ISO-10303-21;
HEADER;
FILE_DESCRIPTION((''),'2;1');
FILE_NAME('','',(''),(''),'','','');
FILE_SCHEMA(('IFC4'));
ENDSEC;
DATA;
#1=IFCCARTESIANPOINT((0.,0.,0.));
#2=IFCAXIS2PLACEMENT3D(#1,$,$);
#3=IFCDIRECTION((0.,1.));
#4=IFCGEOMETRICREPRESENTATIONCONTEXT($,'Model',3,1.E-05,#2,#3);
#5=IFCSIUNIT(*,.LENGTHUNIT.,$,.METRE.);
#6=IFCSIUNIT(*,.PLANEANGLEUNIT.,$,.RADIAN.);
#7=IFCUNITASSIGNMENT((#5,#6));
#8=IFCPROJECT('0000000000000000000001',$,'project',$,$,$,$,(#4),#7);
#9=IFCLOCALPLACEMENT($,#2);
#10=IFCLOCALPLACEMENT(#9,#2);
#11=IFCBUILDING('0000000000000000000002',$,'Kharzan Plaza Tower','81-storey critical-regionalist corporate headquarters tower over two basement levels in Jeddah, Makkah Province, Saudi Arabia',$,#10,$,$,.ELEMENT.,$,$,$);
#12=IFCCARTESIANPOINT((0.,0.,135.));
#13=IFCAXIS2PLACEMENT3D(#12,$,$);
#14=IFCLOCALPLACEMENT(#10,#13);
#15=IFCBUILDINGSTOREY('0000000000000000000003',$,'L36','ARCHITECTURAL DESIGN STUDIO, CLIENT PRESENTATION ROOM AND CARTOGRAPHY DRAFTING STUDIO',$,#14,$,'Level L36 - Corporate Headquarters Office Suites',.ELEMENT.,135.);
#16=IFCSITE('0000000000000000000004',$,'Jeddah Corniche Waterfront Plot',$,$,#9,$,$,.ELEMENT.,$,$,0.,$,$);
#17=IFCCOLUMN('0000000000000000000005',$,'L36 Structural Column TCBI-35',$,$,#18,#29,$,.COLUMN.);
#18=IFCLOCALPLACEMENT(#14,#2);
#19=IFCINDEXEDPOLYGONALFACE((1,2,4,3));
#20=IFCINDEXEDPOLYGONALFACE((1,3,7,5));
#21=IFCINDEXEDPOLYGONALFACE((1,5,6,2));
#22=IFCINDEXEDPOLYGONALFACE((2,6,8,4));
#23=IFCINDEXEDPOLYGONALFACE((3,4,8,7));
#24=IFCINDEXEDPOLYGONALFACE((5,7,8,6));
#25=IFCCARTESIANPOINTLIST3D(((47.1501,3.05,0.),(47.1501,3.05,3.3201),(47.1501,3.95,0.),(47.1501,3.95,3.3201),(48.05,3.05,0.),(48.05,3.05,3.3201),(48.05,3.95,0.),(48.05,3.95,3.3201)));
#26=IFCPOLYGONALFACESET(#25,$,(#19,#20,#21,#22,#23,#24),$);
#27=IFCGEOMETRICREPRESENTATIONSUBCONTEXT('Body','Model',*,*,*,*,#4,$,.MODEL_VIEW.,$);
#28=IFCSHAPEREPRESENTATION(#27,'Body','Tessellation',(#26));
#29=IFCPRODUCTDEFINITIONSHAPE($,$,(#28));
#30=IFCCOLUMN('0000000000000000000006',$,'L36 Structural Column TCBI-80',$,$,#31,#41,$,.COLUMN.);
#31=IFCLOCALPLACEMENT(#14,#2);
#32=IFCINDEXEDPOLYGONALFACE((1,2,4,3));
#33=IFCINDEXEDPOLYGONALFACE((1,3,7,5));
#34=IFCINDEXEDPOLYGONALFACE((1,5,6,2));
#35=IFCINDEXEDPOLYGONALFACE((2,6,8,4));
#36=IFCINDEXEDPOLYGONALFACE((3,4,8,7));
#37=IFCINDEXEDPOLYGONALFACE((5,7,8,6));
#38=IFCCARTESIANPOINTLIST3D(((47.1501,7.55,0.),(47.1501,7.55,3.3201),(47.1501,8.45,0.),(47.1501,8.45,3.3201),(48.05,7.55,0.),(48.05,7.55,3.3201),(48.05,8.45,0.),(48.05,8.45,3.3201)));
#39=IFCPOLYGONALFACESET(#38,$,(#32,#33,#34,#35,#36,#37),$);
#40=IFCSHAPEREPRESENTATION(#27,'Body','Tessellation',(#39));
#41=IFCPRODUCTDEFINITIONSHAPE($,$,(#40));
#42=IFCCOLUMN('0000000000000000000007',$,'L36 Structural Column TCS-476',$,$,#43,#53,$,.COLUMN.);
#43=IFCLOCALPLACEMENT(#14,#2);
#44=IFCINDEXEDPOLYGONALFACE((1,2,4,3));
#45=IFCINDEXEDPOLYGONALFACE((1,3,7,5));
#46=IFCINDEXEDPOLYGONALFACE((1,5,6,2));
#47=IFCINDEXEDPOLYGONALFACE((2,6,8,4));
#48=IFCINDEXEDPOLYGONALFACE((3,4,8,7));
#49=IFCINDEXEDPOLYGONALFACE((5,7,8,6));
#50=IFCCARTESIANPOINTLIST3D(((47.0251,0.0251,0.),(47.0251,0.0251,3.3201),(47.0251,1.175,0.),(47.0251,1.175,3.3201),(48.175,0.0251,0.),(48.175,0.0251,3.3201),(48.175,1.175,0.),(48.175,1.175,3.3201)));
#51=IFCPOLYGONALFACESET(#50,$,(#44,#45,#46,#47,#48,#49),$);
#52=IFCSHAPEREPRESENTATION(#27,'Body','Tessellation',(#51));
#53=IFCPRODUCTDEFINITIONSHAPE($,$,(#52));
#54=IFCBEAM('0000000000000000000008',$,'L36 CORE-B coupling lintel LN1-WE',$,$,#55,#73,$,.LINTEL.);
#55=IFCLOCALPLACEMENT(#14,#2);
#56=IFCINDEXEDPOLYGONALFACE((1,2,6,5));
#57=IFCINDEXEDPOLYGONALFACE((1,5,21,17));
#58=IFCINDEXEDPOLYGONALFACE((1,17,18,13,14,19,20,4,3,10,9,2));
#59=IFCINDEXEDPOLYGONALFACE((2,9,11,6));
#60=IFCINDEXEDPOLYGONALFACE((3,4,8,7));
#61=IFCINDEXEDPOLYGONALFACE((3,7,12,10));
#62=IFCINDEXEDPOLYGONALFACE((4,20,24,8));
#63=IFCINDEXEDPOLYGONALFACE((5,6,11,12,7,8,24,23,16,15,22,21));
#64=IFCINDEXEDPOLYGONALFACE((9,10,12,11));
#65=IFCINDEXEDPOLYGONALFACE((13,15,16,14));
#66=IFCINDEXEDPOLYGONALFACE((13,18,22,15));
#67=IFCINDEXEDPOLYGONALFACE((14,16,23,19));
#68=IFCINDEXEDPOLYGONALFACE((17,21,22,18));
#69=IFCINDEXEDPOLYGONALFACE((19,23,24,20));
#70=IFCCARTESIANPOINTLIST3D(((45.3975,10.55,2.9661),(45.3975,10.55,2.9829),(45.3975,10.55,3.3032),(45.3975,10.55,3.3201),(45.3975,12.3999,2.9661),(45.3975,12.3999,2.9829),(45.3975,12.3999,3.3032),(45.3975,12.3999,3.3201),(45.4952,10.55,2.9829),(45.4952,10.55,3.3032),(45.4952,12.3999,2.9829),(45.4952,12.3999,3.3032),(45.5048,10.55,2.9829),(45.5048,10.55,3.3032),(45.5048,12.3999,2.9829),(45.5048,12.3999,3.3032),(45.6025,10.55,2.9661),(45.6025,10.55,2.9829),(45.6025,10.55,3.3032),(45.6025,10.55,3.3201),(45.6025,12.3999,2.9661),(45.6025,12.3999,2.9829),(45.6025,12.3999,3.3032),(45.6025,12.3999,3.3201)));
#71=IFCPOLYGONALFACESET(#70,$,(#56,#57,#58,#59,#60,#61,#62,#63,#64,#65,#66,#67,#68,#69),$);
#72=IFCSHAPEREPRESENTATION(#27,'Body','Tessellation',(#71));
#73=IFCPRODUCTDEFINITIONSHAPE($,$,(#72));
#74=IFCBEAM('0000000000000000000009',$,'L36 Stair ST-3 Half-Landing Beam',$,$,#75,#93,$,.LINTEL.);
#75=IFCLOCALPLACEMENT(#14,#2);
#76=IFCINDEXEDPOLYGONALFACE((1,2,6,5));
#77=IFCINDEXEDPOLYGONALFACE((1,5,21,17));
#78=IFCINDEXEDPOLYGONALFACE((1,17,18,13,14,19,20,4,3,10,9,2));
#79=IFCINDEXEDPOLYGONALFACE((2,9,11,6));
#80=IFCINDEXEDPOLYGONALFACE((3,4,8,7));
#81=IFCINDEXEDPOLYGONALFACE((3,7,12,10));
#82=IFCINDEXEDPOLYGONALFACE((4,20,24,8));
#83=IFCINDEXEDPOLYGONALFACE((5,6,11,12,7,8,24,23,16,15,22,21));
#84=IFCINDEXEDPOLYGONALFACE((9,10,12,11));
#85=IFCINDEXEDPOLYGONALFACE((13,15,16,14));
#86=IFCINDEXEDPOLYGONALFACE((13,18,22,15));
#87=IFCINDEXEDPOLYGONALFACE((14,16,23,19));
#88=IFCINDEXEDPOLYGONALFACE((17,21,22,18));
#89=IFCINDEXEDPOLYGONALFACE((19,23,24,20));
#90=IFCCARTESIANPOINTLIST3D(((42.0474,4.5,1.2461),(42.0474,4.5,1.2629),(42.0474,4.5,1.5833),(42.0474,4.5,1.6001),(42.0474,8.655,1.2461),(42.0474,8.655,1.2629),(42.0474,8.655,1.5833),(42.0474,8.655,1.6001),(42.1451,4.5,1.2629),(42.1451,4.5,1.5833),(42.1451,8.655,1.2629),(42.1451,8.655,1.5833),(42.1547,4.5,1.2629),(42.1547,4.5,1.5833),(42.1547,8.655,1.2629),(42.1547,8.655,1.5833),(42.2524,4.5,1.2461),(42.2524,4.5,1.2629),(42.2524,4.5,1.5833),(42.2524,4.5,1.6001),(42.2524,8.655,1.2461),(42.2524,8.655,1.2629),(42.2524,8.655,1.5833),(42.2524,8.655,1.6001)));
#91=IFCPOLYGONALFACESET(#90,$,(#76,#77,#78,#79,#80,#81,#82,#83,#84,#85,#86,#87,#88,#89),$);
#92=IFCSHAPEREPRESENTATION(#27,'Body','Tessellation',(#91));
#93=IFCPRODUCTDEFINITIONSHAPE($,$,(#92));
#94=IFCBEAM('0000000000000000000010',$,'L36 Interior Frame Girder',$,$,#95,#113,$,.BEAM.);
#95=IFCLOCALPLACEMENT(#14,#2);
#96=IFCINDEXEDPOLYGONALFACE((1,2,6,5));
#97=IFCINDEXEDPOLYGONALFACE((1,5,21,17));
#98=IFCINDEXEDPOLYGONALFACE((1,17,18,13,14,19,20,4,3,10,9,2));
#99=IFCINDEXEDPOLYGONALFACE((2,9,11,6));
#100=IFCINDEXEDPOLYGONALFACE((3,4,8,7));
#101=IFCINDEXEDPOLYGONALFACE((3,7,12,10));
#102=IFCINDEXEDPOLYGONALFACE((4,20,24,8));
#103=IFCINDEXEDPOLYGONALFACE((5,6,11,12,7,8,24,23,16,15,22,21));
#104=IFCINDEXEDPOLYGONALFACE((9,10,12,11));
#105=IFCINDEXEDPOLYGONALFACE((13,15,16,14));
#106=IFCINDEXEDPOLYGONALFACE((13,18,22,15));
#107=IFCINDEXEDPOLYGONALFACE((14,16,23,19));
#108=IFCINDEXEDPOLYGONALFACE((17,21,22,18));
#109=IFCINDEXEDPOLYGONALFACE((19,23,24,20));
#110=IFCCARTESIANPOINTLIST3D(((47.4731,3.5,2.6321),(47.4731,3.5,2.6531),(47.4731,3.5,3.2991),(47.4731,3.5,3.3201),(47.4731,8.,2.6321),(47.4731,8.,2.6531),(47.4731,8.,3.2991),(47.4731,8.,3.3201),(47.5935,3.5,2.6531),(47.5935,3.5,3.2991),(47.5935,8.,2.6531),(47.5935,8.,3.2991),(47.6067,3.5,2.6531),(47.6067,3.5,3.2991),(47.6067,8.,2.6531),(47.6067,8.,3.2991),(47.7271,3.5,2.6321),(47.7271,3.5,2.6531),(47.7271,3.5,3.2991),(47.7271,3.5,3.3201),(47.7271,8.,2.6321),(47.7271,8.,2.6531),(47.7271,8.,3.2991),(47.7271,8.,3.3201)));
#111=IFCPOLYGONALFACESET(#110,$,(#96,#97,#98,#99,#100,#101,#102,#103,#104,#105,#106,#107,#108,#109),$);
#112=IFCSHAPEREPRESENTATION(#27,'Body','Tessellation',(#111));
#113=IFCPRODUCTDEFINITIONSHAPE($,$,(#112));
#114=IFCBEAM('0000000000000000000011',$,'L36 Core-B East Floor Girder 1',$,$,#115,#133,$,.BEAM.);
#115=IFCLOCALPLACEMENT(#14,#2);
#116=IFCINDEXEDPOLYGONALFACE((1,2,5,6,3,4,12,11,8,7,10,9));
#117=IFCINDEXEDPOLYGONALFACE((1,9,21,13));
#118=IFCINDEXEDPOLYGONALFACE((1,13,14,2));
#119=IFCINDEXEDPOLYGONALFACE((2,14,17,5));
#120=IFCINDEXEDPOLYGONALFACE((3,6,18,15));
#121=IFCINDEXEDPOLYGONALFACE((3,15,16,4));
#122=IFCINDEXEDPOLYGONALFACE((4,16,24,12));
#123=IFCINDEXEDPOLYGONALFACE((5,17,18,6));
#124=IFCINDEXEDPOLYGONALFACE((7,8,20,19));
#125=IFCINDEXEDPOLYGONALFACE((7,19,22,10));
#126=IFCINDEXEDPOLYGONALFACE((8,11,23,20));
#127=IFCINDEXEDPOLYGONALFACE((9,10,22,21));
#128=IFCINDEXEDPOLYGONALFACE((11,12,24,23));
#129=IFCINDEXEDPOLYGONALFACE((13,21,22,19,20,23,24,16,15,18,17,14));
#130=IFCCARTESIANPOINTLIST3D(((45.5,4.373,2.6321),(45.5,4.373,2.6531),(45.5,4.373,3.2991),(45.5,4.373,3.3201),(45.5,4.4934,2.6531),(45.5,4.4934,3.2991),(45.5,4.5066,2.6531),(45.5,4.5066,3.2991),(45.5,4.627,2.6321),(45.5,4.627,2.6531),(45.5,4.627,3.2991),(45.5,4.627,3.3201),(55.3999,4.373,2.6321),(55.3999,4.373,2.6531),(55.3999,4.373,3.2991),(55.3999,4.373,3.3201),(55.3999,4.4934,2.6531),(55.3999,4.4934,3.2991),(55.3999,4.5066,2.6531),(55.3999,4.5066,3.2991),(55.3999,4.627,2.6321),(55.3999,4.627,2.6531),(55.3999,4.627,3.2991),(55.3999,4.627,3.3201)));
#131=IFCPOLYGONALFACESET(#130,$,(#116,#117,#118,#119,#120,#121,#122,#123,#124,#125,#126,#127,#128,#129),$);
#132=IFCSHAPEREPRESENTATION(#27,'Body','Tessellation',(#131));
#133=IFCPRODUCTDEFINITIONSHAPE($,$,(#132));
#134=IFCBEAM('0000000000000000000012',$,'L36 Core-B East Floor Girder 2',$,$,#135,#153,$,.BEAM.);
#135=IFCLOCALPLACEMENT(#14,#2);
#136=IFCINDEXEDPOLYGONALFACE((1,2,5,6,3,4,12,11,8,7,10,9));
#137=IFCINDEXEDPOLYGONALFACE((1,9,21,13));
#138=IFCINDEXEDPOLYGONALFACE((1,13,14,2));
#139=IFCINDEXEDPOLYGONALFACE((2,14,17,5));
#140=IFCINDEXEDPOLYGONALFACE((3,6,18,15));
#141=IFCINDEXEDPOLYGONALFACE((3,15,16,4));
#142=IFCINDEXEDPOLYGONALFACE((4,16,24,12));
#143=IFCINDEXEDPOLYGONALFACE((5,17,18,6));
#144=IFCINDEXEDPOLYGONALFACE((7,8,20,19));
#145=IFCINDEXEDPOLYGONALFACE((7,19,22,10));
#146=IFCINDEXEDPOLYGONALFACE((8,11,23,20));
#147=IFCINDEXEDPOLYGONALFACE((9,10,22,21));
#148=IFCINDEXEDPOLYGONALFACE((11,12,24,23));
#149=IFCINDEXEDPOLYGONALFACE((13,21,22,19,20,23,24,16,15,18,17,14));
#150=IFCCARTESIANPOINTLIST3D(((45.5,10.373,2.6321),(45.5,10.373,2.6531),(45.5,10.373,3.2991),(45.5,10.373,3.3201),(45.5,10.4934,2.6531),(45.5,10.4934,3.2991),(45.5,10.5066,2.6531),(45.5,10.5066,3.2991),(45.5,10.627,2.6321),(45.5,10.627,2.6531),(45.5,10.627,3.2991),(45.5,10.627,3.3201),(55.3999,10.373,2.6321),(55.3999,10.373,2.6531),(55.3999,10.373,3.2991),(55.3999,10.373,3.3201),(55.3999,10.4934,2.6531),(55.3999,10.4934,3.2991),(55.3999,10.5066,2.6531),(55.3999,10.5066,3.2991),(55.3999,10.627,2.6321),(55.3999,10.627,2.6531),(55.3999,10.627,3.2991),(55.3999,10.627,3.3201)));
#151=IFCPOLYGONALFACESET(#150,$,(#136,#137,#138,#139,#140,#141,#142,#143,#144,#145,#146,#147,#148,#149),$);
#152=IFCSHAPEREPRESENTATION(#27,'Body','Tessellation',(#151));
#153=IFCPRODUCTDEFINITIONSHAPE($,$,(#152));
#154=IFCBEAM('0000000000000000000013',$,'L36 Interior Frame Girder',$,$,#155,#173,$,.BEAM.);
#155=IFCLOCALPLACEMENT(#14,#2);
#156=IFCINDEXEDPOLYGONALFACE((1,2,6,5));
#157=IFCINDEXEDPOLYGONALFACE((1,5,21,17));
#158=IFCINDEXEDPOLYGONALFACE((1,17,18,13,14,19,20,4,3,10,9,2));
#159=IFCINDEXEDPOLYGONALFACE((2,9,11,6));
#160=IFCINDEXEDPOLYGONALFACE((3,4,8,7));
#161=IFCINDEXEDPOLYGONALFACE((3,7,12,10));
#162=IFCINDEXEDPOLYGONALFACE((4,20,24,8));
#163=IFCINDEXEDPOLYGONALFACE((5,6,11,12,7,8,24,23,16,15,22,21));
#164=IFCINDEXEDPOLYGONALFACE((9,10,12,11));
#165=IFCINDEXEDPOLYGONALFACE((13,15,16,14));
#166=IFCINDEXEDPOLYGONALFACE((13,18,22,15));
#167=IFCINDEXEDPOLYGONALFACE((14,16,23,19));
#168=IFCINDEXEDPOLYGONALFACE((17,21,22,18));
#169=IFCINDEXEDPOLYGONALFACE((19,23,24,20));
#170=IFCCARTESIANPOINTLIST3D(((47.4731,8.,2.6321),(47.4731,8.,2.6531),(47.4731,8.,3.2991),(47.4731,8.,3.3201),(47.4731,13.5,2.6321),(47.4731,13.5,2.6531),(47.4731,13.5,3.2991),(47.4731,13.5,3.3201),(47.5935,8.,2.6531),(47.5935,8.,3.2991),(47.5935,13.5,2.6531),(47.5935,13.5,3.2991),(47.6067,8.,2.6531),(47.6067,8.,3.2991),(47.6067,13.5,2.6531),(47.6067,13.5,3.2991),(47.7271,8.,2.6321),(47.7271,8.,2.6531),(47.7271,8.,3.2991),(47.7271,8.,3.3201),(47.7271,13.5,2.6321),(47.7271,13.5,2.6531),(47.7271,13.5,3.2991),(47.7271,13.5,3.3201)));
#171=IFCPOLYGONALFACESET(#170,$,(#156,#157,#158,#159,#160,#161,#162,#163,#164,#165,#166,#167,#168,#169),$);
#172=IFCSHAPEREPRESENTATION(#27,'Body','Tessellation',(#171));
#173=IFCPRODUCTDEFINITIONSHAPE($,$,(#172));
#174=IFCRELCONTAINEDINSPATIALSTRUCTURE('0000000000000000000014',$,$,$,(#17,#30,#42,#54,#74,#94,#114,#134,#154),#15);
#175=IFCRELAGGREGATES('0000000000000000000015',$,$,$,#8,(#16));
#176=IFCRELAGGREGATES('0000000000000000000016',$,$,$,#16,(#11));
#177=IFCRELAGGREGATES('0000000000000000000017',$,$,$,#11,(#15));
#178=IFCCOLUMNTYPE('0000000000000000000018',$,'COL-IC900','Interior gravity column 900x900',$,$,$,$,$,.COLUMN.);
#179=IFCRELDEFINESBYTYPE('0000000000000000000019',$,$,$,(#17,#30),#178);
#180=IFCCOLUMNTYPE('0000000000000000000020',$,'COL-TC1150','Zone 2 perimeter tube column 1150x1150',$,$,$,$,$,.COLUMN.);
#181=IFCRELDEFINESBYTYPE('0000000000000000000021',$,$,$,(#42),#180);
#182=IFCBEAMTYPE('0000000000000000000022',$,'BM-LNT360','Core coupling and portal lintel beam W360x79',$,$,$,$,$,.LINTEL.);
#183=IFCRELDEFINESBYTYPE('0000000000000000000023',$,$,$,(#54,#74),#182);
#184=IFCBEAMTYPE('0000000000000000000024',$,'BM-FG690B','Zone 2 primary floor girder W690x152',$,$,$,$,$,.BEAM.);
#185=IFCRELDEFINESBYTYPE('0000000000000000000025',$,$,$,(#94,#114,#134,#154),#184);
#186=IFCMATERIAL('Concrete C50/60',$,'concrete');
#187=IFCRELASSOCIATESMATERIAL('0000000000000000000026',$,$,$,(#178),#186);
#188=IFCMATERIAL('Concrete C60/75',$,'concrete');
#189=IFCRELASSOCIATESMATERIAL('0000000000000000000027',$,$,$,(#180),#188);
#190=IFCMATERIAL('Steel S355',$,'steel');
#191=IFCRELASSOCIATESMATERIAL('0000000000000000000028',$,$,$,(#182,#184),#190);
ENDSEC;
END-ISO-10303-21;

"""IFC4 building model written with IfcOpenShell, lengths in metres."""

from ifc_helpers import new_model, si_unit, direction, frame, origin, origin_2d, place, context, subcontext, project, spatial, rectangle, i_section, extrude, source, transform, mapped, material, material_profile, profile_set, type_object, element, save


model = new_model("IFC4")

# Units and contexts
model_context = context("Model", 3, precision=1e-05, world=origin(), true_north=direction((0.0, 1.0)))
body_context = subcontext(model_context, "Body", "Model", "MODEL_VIEW")
ifc_project = project(units=[si_unit("LENGTHUNIT", "METRE"), si_unit("PLANEANGLEUNIT", "RADIAN")], contexts=[model_context])

# Site, building, storey
site_placement = place(None, origin())
site = spatial("IfcSite", under=ifc_project, at=site_placement, Name="Jeddah Corniche Waterfront Plot", CompositionType="ELEMENT", RefElevation=0.0)
building_placement = place(site_placement, origin())
building = spatial("IfcBuilding", under=site, at=building_placement, Name="Kharzan Plaza Tower", Description="81-storey critical-regionalist corporate headquarters tower over two basement levels in Jeddah, Makkah Province, Saudi Arabia", CompositionType="ELEMENT")
storey_placement = place(building_placement, frame((0.0, 0.0, 135.0)))
storey = spatial("IfcBuildingStorey", under=building, at=storey_placement, Name="L36", Description="ARCHITECTURAL DESIGN STUDIO, CLIENT PRESENTATION ROOM AND CARTOGRAPHY DRAFTING STUDIO", LongName="Level L36 - Corporate Headquarters Office Suites", CompositionType="ELEMENT", Elevation=135.0)

# Columns
ifc_material_1 = material(Name="Concrete C50/60", Category="concrete")
ifc_material_profile_1 = material_profile(ifc_material_1, rectangle(XDim=0.8999, YDim=0.8999, at=origin_2d()), Name="RC-IC900x900")
ifc_profile_set_1 = profile_set([ifc_material_profile_1], Name="Concrete C50/60")
column_type_1 = type_object("IfcColumnType", Name="COL-IC900", Description="Interior gravity column 900x900", PredefinedType="COLUMN", material=ifc_profile_set_1)
shared_shape_1 = source(origin(), body_context, "Body", "SweptSolid", [
    extrude(rectangle(XDim=0.8999, YDim=0.8999, at=origin_2d()), origin(), (0.0, 0.0, 1.0), 3.3201),
])
for number, where, z_axis, x_axis, name in (
    (1, (47.6001, 3.5, 0.0), (0.0, 0.0, 1.0), (1.0, 0.0, 0.0), "L36 Structural Column TCBI-35"),
    (2, (47.6001, 8.0, 0.0), (0.0, 0.0, 1.0), (1.0, 0.0, 0.0), "L36 Structural Column TCBI-80"),
):
    element("IfcColumn", number, at=place(storey_placement, frame(where, z_axis=z_axis, x_axis=x_axis)), inside=storey, type_object=column_type_1, Name=name, PredefinedType="COLUMN", context=body_context, shape_type="MappedRepresentation", body=[
        mapped(shared_shape_1, transform((0.0, 0.0, 0.0), x_axis=(1.0, 0.0, 0.0), y_axis=(0.0, 1.0, 0.0), z_axis=(0.0, 0.0, 1.0))),
    ])
ifc_material_2 = material(Name="Concrete C60/75", Category="concrete")
ifc_material_profile_2 = material_profile(ifc_material_2, rectangle(XDim=1.1499, YDim=1.1499, at=origin_2d()), Name="RC-TC1150x1150")
ifc_profile_set_2 = profile_set([ifc_material_profile_2], Name="Concrete C60/75")
column_type_2 = type_object("IfcColumnType", Name="COL-TC1150", Description="Zone 2 perimeter tube column 1150x1150", PredefinedType="COLUMN", material=ifc_profile_set_2)
shared_shape_2 = source(origin(), body_context, "Body", "SweptSolid", [
    extrude(rectangle(XDim=1.1499, YDim=1.1499, at=origin_2d()), origin(), (0.0, 0.0, 1.0), 3.3201),
])
column_placement = place(storey_placement, frame((47.6001, 0.6001, 0.0), z_axis=(0.0, 0.0, 1.0), x_axis=(1.0, 0.0, 0.0)))
element("IfcColumn", 3, at=column_placement, inside=storey, type_object=column_type_2, Name="L36 Structural Column TCS-476", PredefinedType="COLUMN", context=body_context, shape_type="MappedRepresentation", body=[
    mapped(shared_shape_2, transform((0.0, 0.0, 0.0), x_axis=(1.0, 0.0, 0.0), y_axis=(0.0, 1.0, 0.0), z_axis=(0.0, 0.0, 1.0))),
])

# Beams
ifc_material_3 = material(Name="Steel S355", Category="steel")
ifc_material_profile_3 = material_profile(ifc_material_3, i_section(OverallWidth=0.2051, OverallDepth=0.354, WebThickness=0.0095, FlangeThickness=0.0168, at=origin_2d()), Name="W360x79")
ifc_profile_set_3 = profile_set([ifc_material_profile_3], Name="Steel S355")
beam_type_1 = type_object("IfcBeamType", Name="BM-LNT360", Description="Core coupling and portal lintel beam W360x79", PredefinedType="LINTEL", material=ifc_profile_set_3)
shared_shape_3 = source(origin(), body_context, "Body", "SweptSolid", [
    extrude(i_section(OverallWidth=0.2051, OverallDepth=0.354, WebThickness=0.0095, FlangeThickness=0.0168, at=origin_2d()), origin(), (0.0, 0.0, 1.0), 1.8499),
])
beam_1_placement = place(storey_placement, frame((45.5, 10.55, 3.1431), z_axis=(0.0, 1.0, 0.0), x_axis=(-1.0, 0.0, 0.0)))
element("IfcBeam", 4, at=beam_1_placement, inside=storey, type_object=beam_type_1, Name="L36 CORE-B coupling lintel LN1-WE", PredefinedType="LINTEL", context=body_context, shape_type="MappedRepresentation", body=[
    mapped(shared_shape_3, transform((0.0, 0.0, 0.0), x_axis=(1.0, 0.0, 0.0), y_axis=(0.0, 1.0, 0.0), z_axis=(0.0, 0.0, 1.0))),
])
shared_shape_4 = source(origin(), body_context, "Body", "SweptSolid", [
    extrude(i_section(OverallWidth=0.2051, OverallDepth=0.354, WebThickness=0.0095, FlangeThickness=0.0168, at=origin_2d()), origin(), (0.0, 0.0, 1.0), 4.155),
])
beam_2_placement = place(storey_placement, frame((42.1499, 4.5, 1.4231), z_axis=(0.0, 1.0, 0.0), x_axis=(-1.0, 0.0, 0.0)))
element("IfcBeam", 5, at=beam_2_placement, inside=storey, type_object=beam_type_1, Name="L36 Stair ST-3 Half-Landing Beam", PredefinedType="LINTEL", context=body_context, shape_type="MappedRepresentation", body=[
    mapped(shared_shape_4, transform((0.0, 0.0, 0.0), x_axis=(1.0, 0.0, 0.0), y_axis=(0.0, 1.0, 0.0), z_axis=(0.0, 0.0, 1.0))),
])
ifc_material_profile_4 = material_profile(ifc_material_3, i_section(OverallWidth=0.2539, OverallDepth=0.688, WebThickness=0.0132, FlangeThickness=0.021, at=origin_2d()), Name="W690x152")
ifc_profile_set_4 = profile_set([ifc_material_profile_4], Name="Steel S355")
beam_type_2 = type_object("IfcBeamType", Name="BM-FG690B", Description="Zone 2 primary floor girder W690x152", PredefinedType="BEAM", material=ifc_profile_set_4)
shared_shape_5 = source(origin(), body_context, "Body", "SweptSolid", [
    extrude(i_section(OverallWidth=0.2539, OverallDepth=0.688, WebThickness=0.0132, FlangeThickness=0.021, at=origin_2d()), origin(), (0.0, 0.0, 1.0), 4.5),
])
beam_3_placement = place(storey_placement, frame((47.6001, 3.5, 2.9761), z_axis=(0.0, 1.0, 0.0), x_axis=(-1.0, 0.0, 0.0)))
element("IfcBeam", 6, at=beam_3_placement, inside=storey, type_object=beam_type_2, Name="L36 Interior Frame Girder", PredefinedType="BEAM", context=body_context, shape_type="MappedRepresentation", body=[
    mapped(shared_shape_5, transform((0.0, 0.0, 0.0), x_axis=(1.0, 0.0, 0.0), y_axis=(0.0, 1.0, 0.0), z_axis=(0.0, 0.0, 1.0))),
])
shared_shape_6 = source(origin(), body_context, "Body", "SweptSolid", [
    extrude(i_section(OverallWidth=0.2539, OverallDepth=0.688, WebThickness=0.0132, FlangeThickness=0.021, at=origin_2d()), origin(), (0.0, 0.0, 1.0), 9.8999),
])
for number, where, z_axis, x_axis, name in (
    (7, (45.5, 4.5, 2.9761), (1.0, 0.0, 0.0), (0.0, 1.0, 0.0), "L36 Core-B East Floor Girder 1"),
    (8, (45.5, 10.5, 2.9761), (1.0, 0.0, 0.0), (0.0, 1.0, 0.0), "L36 Core-B East Floor Girder 2"),
):
    element("IfcBeam", number, at=place(storey_placement, frame(where, z_axis=z_axis, x_axis=x_axis)), inside=storey, type_object=beam_type_2, Name=name, PredefinedType="BEAM", context=body_context, shape_type="MappedRepresentation", body=[
        mapped(shared_shape_6, transform((0.0, 0.0, 0.0), x_axis=(1.0, 0.0, 0.0), y_axis=(0.0, 1.0, 0.0), z_axis=(0.0, 0.0, 1.0))),
    ])
shared_shape_7 = source(origin(), body_context, "Body", "SweptSolid", [
    extrude(i_section(OverallWidth=0.2539, OverallDepth=0.688, WebThickness=0.0132, FlangeThickness=0.021, at=origin_2d()), origin(), (0.0, 0.0, 1.0), 5.5),
])
beam_4_placement = place(storey_placement, frame((47.6001, 8.0, 2.9761), z_axis=(0.0, 1.0, 0.0), x_axis=(-1.0, 0.0, 0.0)))
element("IfcBeam", 9, at=beam_4_placement, inside=storey, type_object=beam_type_2, Name="L36 Interior Frame Girder", PredefinedType="BEAM", context=body_context, shape_type="MappedRepresentation", body=[
    mapped(shared_shape_7, transform((0.0, 0.0, 0.0), x_axis=(1.0, 0.0, 0.0), y_axis=(0.0, 1.0, 0.0), z_axis=(0.0, 0.0, 1.0))),
])

save(model, "model.ifc")
